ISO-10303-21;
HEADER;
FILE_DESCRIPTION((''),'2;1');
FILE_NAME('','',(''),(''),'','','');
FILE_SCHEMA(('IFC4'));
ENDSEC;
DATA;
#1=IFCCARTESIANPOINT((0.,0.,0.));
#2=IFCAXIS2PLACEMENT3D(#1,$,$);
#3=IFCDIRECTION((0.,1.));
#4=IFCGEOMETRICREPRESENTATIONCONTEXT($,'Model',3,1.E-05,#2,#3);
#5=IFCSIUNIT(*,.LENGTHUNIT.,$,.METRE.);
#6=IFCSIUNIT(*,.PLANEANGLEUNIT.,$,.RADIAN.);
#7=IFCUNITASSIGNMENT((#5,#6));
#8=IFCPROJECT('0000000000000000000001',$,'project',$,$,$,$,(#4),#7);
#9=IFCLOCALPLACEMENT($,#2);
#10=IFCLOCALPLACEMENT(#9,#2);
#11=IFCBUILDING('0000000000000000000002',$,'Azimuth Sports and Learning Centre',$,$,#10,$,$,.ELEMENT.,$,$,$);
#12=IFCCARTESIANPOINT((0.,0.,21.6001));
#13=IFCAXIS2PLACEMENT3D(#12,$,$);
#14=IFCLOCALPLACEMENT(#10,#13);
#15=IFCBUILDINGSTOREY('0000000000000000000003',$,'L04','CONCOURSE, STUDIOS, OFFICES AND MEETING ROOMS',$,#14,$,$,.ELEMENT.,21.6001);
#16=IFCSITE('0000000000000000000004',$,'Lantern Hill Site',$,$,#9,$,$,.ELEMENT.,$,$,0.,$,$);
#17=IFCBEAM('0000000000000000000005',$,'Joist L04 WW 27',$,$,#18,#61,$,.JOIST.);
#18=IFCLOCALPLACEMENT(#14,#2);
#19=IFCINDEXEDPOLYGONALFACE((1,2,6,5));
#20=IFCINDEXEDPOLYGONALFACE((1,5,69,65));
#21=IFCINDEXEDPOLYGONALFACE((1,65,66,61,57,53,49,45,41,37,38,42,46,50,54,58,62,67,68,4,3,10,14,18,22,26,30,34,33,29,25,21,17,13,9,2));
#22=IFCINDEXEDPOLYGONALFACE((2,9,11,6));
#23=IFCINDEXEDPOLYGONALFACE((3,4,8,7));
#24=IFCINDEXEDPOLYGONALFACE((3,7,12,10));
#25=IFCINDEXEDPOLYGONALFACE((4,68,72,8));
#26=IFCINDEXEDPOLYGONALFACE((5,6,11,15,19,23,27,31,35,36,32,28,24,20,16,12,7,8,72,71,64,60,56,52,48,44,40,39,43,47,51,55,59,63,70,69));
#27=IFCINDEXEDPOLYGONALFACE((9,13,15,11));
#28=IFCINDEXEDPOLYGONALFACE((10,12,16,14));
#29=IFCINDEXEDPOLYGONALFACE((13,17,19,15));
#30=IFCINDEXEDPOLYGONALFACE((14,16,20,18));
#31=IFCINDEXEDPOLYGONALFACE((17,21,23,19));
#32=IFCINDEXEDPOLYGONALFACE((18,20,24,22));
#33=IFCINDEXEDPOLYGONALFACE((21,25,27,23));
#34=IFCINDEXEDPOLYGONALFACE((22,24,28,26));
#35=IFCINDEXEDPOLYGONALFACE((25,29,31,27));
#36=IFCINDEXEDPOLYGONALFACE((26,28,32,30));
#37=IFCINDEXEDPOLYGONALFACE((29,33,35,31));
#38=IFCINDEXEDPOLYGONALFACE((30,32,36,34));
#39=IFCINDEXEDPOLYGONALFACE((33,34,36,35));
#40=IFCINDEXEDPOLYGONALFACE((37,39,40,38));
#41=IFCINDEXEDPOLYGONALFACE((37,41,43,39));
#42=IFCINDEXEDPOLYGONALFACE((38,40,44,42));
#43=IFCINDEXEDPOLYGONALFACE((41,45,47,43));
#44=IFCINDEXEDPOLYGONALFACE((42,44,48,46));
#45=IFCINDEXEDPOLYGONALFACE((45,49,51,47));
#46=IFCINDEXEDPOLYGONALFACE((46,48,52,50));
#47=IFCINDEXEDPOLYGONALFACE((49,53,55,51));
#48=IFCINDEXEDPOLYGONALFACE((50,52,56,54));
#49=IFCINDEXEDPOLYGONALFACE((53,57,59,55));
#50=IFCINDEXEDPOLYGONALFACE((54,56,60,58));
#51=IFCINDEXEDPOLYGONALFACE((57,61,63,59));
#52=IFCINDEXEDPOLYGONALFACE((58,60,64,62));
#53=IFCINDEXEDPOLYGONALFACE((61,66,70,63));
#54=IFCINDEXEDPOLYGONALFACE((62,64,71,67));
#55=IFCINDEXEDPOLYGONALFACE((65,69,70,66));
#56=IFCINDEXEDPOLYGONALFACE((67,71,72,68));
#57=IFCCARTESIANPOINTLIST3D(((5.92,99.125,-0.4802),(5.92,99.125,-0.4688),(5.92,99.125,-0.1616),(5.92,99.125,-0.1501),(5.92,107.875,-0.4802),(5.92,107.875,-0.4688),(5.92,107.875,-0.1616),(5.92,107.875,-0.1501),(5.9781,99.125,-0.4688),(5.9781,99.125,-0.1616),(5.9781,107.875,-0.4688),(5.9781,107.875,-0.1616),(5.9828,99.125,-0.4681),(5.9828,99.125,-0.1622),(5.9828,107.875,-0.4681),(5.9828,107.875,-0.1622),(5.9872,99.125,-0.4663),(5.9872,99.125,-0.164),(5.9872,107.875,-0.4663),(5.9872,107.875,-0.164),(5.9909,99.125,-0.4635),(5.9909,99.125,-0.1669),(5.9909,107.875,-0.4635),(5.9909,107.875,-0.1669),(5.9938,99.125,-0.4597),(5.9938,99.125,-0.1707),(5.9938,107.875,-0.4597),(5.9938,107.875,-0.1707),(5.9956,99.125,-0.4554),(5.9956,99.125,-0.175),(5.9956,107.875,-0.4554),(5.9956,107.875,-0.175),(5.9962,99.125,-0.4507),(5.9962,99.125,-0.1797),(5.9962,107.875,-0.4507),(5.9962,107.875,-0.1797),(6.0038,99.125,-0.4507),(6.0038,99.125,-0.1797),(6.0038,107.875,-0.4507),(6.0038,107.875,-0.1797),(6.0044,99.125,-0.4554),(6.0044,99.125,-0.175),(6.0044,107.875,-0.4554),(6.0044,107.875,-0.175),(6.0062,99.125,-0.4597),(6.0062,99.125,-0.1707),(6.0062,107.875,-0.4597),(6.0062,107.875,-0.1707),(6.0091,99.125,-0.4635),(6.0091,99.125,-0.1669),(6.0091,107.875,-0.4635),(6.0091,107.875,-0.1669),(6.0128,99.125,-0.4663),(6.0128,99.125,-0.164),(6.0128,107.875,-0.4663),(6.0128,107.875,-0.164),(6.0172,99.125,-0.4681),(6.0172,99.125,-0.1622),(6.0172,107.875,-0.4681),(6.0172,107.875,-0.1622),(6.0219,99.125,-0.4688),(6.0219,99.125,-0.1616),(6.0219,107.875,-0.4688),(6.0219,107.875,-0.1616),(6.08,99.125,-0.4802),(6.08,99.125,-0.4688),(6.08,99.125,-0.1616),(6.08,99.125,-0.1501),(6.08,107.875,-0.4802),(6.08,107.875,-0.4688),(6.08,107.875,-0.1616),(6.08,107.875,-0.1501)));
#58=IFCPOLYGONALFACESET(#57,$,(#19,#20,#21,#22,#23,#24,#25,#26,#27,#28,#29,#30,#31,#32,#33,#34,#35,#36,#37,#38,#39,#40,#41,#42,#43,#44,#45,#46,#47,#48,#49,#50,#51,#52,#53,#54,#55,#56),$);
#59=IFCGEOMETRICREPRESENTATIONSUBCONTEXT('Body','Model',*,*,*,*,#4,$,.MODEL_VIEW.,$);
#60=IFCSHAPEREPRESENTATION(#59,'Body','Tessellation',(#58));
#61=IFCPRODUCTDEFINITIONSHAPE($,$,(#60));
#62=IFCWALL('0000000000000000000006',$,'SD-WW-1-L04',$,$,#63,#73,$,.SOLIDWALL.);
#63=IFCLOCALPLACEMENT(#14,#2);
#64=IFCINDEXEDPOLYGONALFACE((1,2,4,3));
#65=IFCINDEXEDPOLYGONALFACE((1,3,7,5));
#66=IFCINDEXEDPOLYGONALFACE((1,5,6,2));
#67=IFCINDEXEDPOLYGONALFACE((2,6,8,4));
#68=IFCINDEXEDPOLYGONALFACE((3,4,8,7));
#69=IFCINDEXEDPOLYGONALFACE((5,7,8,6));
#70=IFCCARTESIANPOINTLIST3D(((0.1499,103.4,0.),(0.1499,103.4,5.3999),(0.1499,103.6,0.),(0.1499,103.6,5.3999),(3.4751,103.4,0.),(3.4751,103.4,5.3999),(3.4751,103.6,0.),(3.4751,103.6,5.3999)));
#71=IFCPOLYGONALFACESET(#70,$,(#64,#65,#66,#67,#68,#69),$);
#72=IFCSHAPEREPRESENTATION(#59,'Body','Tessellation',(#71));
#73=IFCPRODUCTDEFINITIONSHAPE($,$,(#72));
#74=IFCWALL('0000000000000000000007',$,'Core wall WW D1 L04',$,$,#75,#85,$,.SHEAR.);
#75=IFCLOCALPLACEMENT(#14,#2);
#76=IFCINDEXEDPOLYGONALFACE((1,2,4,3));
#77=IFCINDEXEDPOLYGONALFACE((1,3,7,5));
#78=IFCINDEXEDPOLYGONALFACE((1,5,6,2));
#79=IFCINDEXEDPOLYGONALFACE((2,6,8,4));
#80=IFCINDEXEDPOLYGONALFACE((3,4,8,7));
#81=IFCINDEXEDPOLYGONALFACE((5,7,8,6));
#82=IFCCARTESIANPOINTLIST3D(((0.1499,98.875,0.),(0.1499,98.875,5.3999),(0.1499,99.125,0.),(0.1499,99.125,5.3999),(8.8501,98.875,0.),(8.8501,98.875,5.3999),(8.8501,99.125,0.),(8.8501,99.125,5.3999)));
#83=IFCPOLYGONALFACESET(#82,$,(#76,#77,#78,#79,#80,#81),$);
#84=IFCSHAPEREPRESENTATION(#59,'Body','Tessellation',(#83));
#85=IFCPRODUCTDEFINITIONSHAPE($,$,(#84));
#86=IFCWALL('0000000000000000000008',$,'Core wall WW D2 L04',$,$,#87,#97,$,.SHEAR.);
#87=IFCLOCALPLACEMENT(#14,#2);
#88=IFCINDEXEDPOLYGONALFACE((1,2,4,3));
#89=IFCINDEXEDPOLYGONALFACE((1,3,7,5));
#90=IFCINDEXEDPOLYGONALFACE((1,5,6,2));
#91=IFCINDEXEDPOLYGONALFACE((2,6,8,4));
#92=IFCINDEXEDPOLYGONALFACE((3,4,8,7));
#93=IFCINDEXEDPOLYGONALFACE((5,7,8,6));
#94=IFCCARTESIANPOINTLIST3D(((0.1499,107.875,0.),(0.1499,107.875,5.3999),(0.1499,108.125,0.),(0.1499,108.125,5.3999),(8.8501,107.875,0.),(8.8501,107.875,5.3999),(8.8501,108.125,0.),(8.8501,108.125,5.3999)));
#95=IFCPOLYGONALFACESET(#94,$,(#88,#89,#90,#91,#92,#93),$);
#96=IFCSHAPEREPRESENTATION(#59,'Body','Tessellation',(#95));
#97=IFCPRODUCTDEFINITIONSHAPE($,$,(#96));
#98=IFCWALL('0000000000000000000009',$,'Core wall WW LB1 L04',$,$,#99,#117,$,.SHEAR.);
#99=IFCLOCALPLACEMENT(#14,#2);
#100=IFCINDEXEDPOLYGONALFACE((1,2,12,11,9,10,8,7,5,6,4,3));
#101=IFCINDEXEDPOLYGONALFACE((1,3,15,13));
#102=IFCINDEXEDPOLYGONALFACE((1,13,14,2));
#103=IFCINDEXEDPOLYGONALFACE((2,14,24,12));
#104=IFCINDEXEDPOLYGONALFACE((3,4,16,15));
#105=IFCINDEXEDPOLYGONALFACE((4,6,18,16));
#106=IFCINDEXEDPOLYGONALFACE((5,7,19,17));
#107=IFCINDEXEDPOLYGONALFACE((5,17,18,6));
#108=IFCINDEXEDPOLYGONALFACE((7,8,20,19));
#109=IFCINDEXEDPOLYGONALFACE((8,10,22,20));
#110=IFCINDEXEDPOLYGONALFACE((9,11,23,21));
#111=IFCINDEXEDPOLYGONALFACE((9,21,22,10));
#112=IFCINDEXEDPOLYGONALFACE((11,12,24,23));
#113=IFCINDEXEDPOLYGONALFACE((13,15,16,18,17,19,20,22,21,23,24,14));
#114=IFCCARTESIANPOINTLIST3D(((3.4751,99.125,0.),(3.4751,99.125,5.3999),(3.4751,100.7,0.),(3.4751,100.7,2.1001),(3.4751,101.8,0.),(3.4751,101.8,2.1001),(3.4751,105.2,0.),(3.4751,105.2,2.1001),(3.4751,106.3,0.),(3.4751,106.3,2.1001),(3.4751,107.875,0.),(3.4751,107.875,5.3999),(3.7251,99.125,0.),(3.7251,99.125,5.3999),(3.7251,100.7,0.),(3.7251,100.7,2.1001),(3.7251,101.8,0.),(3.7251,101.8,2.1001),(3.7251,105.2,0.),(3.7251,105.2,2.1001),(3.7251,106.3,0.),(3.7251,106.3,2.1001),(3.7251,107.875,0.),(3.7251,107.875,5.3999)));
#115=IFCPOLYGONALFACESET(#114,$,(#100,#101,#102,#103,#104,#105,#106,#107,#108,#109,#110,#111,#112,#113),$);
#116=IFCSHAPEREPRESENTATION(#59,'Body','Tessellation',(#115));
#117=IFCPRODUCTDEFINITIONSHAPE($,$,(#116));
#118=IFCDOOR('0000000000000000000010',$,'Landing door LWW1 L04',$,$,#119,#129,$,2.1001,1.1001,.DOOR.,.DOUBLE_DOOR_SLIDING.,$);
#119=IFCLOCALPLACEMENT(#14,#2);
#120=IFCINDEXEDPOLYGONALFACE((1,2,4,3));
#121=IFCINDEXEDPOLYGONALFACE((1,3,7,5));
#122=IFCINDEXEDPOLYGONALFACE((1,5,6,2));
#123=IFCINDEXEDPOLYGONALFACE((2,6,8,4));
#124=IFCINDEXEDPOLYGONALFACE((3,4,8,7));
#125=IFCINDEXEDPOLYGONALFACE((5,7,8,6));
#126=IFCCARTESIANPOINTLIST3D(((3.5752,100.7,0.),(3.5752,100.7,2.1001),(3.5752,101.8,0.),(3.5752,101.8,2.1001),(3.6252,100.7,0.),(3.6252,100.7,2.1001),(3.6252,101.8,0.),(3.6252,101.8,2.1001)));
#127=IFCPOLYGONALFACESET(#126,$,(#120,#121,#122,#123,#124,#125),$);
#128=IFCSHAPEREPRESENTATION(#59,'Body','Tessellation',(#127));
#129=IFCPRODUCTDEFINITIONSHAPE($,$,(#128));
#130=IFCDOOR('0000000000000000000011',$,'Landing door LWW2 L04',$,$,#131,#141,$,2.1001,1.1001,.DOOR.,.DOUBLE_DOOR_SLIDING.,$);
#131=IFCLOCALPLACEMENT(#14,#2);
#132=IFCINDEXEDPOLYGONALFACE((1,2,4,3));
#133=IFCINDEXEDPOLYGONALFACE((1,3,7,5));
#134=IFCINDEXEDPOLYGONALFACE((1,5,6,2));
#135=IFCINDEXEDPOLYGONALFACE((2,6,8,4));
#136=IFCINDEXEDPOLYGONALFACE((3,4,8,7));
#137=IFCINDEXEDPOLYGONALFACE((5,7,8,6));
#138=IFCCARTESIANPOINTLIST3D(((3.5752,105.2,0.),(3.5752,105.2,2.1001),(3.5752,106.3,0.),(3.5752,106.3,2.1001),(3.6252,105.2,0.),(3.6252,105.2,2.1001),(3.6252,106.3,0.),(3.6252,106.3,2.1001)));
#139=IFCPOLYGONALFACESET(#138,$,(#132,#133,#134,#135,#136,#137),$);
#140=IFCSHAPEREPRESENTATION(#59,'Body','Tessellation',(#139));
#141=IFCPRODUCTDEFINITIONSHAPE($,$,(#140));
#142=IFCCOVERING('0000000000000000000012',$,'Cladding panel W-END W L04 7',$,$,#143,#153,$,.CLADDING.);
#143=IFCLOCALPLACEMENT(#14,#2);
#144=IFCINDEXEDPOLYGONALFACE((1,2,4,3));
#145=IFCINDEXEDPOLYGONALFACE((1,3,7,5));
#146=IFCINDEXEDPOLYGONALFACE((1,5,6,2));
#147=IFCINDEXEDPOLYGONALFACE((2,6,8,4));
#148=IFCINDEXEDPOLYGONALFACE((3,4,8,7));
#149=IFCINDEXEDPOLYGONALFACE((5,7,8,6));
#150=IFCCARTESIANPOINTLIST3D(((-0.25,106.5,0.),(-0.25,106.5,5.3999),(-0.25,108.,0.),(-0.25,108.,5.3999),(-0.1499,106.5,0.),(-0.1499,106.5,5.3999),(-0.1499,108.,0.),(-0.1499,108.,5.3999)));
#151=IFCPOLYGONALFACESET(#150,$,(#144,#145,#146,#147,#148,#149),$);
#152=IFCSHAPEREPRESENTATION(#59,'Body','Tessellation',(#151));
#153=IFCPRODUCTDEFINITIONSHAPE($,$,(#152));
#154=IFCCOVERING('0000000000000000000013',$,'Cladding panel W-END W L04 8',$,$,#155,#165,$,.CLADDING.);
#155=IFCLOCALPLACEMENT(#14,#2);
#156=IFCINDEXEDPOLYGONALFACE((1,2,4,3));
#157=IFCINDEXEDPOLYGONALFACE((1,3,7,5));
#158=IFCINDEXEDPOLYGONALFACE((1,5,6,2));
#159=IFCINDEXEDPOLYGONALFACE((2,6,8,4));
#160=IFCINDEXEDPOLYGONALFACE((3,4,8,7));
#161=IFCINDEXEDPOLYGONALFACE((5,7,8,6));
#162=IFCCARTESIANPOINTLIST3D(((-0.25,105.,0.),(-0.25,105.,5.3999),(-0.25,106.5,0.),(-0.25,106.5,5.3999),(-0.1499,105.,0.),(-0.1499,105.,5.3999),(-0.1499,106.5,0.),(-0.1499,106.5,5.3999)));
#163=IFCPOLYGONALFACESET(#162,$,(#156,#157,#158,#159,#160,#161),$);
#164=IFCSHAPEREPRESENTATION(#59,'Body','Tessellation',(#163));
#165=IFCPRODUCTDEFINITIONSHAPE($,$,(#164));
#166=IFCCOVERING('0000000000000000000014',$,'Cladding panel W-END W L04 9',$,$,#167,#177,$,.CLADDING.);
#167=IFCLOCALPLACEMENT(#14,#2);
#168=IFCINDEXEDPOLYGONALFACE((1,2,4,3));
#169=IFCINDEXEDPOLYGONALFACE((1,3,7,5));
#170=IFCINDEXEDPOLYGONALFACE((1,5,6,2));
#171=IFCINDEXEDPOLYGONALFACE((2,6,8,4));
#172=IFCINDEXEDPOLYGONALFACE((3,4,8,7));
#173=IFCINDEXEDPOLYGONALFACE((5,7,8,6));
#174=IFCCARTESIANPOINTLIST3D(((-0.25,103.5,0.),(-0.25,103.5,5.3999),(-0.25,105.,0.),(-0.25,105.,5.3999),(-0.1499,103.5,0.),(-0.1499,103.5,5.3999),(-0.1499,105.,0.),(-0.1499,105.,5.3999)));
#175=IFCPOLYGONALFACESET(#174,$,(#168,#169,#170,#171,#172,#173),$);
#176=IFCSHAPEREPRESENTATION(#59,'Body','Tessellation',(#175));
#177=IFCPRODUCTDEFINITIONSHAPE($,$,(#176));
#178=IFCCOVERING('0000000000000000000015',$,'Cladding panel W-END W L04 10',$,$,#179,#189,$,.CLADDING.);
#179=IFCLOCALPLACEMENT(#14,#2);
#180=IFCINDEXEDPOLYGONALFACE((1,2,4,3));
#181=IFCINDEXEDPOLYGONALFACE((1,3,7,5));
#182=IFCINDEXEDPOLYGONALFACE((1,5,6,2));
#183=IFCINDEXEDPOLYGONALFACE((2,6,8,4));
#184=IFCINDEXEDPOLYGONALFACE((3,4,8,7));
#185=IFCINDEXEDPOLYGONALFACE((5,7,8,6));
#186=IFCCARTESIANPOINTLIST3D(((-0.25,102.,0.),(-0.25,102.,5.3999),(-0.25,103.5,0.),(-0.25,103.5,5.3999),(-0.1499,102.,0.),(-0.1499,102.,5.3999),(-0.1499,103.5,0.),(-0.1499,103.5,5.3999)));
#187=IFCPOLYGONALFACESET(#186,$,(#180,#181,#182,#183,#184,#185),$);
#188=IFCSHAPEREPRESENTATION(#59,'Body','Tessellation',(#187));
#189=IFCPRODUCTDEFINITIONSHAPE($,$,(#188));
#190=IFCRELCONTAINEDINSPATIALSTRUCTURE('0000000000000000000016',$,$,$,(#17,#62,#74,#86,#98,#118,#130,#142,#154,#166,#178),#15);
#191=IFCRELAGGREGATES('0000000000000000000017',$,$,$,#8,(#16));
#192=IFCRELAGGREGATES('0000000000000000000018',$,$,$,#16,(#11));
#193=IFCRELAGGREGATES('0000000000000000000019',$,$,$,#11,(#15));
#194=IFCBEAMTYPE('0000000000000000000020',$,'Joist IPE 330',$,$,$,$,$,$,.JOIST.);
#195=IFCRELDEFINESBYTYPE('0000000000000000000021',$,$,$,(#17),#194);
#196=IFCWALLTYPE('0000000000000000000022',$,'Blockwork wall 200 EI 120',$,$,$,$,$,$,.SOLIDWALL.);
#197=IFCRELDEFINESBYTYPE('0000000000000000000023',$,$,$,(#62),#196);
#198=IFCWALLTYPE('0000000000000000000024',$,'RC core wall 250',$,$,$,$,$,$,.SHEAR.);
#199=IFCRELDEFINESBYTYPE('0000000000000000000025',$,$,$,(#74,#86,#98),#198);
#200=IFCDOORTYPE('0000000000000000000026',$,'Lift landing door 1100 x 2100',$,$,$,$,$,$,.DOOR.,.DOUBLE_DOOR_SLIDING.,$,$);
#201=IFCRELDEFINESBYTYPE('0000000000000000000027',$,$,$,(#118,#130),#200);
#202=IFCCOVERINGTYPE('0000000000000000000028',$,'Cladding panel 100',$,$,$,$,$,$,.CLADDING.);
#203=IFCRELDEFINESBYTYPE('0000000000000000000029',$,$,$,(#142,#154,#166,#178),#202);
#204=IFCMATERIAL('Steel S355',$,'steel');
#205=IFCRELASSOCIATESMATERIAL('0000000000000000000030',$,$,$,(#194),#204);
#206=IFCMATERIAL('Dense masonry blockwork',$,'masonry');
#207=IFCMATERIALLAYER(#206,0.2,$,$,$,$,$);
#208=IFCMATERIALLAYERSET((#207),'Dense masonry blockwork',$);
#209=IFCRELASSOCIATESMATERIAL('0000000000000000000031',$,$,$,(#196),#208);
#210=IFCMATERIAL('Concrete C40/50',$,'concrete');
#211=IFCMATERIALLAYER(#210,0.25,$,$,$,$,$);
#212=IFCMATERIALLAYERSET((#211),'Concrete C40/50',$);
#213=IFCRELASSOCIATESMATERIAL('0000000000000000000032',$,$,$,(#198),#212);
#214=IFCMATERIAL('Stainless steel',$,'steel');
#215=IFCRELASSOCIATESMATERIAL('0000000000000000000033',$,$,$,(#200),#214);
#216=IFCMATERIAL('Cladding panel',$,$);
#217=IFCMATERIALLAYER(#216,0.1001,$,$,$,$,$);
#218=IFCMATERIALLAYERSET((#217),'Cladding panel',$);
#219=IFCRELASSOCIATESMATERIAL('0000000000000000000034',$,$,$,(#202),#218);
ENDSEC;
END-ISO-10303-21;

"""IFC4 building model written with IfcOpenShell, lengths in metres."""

from ifc_helpers import new_model, si_unit, direction, frame, frame_2d, origin, origin_2d, place, context, subcontext, project, spatial, rectangle, i_section, extrude, material, layer, layer_set, material_profile, profile_set, type_object, element, fill, save


model = new_model("IFC4")

# Units and contexts
model_context = context("Model", 3, precision=1e-05, world=origin(), true_north=direction((0.0, 1.0)))
body_context = subcontext(model_context, "Body", "Model", "MODEL_VIEW")
ifc_project = project(units=[si_unit("LENGTHUNIT", "METRE"), si_unit("PLANEANGLEUNIT", "RADIAN")], contexts=[model_context])

# Site, building, storey
site_placement = place(None, origin())
site = spatial("IfcSite", under=ifc_project, at=site_placement, Name="Lantern Hill Site", CompositionType="ELEMENT", RefElevation=0.0)
building_placement = place(site_placement, origin())
building = spatial("IfcBuilding", under=site, at=building_placement, Name="Azimuth Sports and Learning Centre", CompositionType="ELEMENT")
storey_placement = place(building_placement, frame((0.0, 0.0, 21.6001)))
storey = spatial("IfcBuildingStorey", under=building, at=storey_placement, Name="L04", Description="CONCOURSE, STUDIOS, OFFICES AND MEETING ROOMS", CompositionType="ELEMENT", Elevation=21.6001)

# Beam
ifc_material_1 = material(Name="Steel S355", Category="steel")
ifc_material_profile = material_profile(ifc_material_1, i_section(OverallWidth=0.1599, OverallDepth=0.3301, WebThickness=0.0076, FlangeThickness=0.0115, FilletRadius=0.0181, at=origin_2d()), Name="IPE 330")
ifc_profile_set = profile_set([ifc_material_profile], Name="Steel S355")
beam_type = type_object("IfcBeamType", Name="Joist IPE 330", PredefinedType="JOIST", material=ifc_profile_set)
beam_placement = place(storey_placement, frame((6.0, 99.125, -0.3152), z_axis=(0.0, 1.0, 0.0), x_axis=(-1.0, 0.0, 0.0)))
element("IfcBeam", 1, at=beam_placement, inside=storey, type_object=beam_type, Name="Joist L04 WW 27", PredefinedType="JOIST", context=body_context, shape_type="SweptSolid", body=[
    extrude(i_section(OverallWidth=0.1599, OverallDepth=0.3301, WebThickness=0.0076, FlangeThickness=0.0115, FilletRadius=0.0181, at=origin_2d()), origin(), (0.0, 0.0, 1.0), 8.75),
])

# Walls
ifc_material_2 = material(Name="Dense masonry blockwork", Category="masonry")
ifc_layer_1 = layer(ifc_material_2, 0.2)
ifc_layer_set_1 = layer_set([ifc_layer_1], Name="Dense masonry blockwork")
wall_type_1 = type_object("IfcWallType", Name="Blockwork wall 200 EI 120", PredefinedType="SOLIDWALL", material=ifc_layer_set_1)
wall_1_placement = place(storey_placement, frame((0.1499, 103.5, 0.0), z_axis=(0.0, 0.0, 1.0), x_axis=(1.0, 0.0, 0.0)))
element("IfcWall", 2, at=wall_1_placement, inside=storey, type_object=wall_type_1, Name="SD-WW-1-L04", PredefinedType="SOLIDWALL", context=body_context, shape_type="SweptSolid", body=[
    extrude(rectangle(XDim=3.3252, YDim=0.2, at=frame_2d((1.6626, 0.0))), origin(), (0.0, 0.0, 1.0), 5.3999),
])
ifc_material_3 = material(Name="Concrete C40/50", Category="concrete")
ifc_layer_2 = layer(ifc_material_3, 0.25)
ifc_layer_set_2 = layer_set([ifc_layer_2], Name="Concrete C40/50")
wall_type_2 = type_object("IfcWallType", Name="RC core wall 250", PredefinedType="SHEAR", material=ifc_layer_set_2)
for number, where, z_axis, x_axis, name in (
    (3, (0.1499, 99.0, 0.0), (0.0, 0.0, 1.0), (1.0, 0.0, 0.0), "Core wall WW D1 L04"),
    (4, (0.1499, 108.0, 0.0), (0.0, 0.0, 1.0), (1.0, 0.0, 0.0), "Core wall WW D2 L04"),
):
    element("IfcWall", number, at=place(storey_placement, frame(where, z_axis=z_axis, x_axis=x_axis)), inside=storey, type_object=wall_type_2, Name=name, PredefinedType="SHEAR", context=body_context, shape_type="SweptSolid", body=[
        extrude(rectangle(XDim=8.7002, YDim=0.25, at=frame_2d((4.3501, 0.0))), origin(), (0.0, 0.0, 1.0), 5.3999),
    ])

# Wall, openings, doors
wall_2_placement = place(storey_placement, frame((3.6001, 99.125, 0.0), z_axis=(0.0, 0.0, 1.0), x_axis=(0.0, 1.0, 0.0)))
wall_2 = element("IfcWall", 5, at=wall_2_placement, inside=storey, type_object=wall_type_2, Name="Core wall WW LB1 L04", PredefinedType="SHEAR", context=body_context, shape_type="SweptSolid", body=[
    extrude(rectangle(XDim=8.75, YDim=0.25, at=frame_2d((4.375, 0.0))), origin(), (0.0, 0.0, 1.0), 5.3999),
])
opening_1_placement = place(wall_2_placement, frame((1.575, 0.0, 0.0)))
opening_1 = element("IfcOpeningElement", 6, at=opening_1_placement, cuts=wall_2, PredefinedType="OPENING", context=body_context, shape_type="SweptSolid", body=[
    extrude(rectangle(XDim=1.1001, YDim=2.1001, at=frame_2d((0.55, 1.05))), frame((0.0, 0.136, 0.0), z_axis=(0.0, -1.0, 0.0), x_axis=(1.0, 0.0, 0.0)), (0.0, 0.0, 1.0), 0.272),
])
opening_2_placement = place(wall_2_placement, frame((6.075, 0.0, 0.0)))
opening_2 = element("IfcOpeningElement", 7, at=opening_2_placement, cuts=wall_2, PredefinedType="OPENING", context=body_context, shape_type="SweptSolid", body=[
    extrude(rectangle(XDim=1.1001, YDim=2.1001, at=frame_2d((0.55, 1.05))), frame((0.0, 0.136, 0.0), z_axis=(0.0, -1.0, 0.0), x_axis=(1.0, 0.0, 0.0)), (0.0, 0.0, 1.0), 0.272),
])
ifc_material_4 = material(Name="Stainless steel", Category="steel")
door_type = type_object("IfcDoorType", Name="Lift landing door 1100 x 2100", OperationType="DOUBLE_DOOR_SLIDING", PredefinedType="DOOR", material=ifc_material_4)
door_1_placement = place(opening_1_placement, origin())
door_1 = element("IfcDoor", 8, at=door_1_placement, inside=storey, type_object=door_type, Name="Landing door LWW1 L04", OperationType="DOUBLE_DOOR_SLIDING", OverallHeight=2.1001, OverallWidth=1.1001, PredefinedType="DOOR", context=body_context, shape_type="SweptSolid", body=[
    extrude(rectangle(XDim=1.1001, YDim=2.1001, at=frame_2d((0.55, 1.05))), frame((0.0, 0.0249, 0.0), z_axis=(0.0, -1.0, 0.0), x_axis=(1.0, 0.0, 0.0)), (0.0, 0.0, 1.0), 0.05),
])
fill(opening_1, door_1)
door_2_placement = place(opening_2_placement, origin())
door_2 = element("IfcDoor", 9, at=door_2_placement, inside=storey, type_object=door_type, Name="Landing door LWW2 L04", OperationType="DOUBLE_DOOR_SLIDING", OverallHeight=2.1001, OverallWidth=1.1001, PredefinedType="DOOR", context=body_context, shape_type="SweptSolid", body=[
    extrude(rectangle(XDim=1.1001, YDim=2.1001, at=frame_2d((0.55, 1.05))), frame((0.0, 0.0249, 0.0), z_axis=(0.0, -1.0, 0.0), x_axis=(1.0, 0.0, 0.0)), (0.0, 0.0, 1.0), 0.05),
])
fill(opening_2, door_2)

# Coverings
ifc_material_5 = material(Name="Cladding panel")
ifc_layer_3 = layer(ifc_material_5, 0.1001)
ifc_layer_set_3 = layer_set([ifc_layer_3], Name="Cladding panel")
covering_type = type_object("IfcCoveringType", Name="Cladding panel 100", PredefinedType="CLADDING", material=ifc_layer_set_3)
for number, where, z_axis, x_axis, name in (
    (10, (-0.2, 107.25, 0.0), (0.0, 0.0, 1.0), (0.0, -1.0, 0.0), "Cladding panel W-END W L04 7"),
    (11, (-0.2, 105.75, 0.0), (0.0, 0.0, 1.0), (0.0, -1.0, 0.0), "Cladding panel W-END W L04 8"),
    (12, (-0.2, 104.25, 0.0), (0.0, 0.0, 1.0), (0.0, -1.0, 0.0), "Cladding panel W-END W L04 9"),
    (13, (-0.2, 102.75, 0.0), (0.0, 0.0, 1.0), (0.0, -1.0, 0.0), "Cladding panel W-END W L04 10"),
):
    element("IfcCovering", number, at=place(storey_placement, frame(where, z_axis=z_axis, x_axis=x_axis)), inside=storey, type_object=covering_type, Name=name, PredefinedType="CLADDING", context=body_context, shape_type="SweptSolid", body=[
        extrude(rectangle(XDim=1.5, YDim=0.1001, at=origin_2d()), origin(), (0.0, 0.0, 1.0), 5.3999),
    ])

save(model, "model.ifc")
